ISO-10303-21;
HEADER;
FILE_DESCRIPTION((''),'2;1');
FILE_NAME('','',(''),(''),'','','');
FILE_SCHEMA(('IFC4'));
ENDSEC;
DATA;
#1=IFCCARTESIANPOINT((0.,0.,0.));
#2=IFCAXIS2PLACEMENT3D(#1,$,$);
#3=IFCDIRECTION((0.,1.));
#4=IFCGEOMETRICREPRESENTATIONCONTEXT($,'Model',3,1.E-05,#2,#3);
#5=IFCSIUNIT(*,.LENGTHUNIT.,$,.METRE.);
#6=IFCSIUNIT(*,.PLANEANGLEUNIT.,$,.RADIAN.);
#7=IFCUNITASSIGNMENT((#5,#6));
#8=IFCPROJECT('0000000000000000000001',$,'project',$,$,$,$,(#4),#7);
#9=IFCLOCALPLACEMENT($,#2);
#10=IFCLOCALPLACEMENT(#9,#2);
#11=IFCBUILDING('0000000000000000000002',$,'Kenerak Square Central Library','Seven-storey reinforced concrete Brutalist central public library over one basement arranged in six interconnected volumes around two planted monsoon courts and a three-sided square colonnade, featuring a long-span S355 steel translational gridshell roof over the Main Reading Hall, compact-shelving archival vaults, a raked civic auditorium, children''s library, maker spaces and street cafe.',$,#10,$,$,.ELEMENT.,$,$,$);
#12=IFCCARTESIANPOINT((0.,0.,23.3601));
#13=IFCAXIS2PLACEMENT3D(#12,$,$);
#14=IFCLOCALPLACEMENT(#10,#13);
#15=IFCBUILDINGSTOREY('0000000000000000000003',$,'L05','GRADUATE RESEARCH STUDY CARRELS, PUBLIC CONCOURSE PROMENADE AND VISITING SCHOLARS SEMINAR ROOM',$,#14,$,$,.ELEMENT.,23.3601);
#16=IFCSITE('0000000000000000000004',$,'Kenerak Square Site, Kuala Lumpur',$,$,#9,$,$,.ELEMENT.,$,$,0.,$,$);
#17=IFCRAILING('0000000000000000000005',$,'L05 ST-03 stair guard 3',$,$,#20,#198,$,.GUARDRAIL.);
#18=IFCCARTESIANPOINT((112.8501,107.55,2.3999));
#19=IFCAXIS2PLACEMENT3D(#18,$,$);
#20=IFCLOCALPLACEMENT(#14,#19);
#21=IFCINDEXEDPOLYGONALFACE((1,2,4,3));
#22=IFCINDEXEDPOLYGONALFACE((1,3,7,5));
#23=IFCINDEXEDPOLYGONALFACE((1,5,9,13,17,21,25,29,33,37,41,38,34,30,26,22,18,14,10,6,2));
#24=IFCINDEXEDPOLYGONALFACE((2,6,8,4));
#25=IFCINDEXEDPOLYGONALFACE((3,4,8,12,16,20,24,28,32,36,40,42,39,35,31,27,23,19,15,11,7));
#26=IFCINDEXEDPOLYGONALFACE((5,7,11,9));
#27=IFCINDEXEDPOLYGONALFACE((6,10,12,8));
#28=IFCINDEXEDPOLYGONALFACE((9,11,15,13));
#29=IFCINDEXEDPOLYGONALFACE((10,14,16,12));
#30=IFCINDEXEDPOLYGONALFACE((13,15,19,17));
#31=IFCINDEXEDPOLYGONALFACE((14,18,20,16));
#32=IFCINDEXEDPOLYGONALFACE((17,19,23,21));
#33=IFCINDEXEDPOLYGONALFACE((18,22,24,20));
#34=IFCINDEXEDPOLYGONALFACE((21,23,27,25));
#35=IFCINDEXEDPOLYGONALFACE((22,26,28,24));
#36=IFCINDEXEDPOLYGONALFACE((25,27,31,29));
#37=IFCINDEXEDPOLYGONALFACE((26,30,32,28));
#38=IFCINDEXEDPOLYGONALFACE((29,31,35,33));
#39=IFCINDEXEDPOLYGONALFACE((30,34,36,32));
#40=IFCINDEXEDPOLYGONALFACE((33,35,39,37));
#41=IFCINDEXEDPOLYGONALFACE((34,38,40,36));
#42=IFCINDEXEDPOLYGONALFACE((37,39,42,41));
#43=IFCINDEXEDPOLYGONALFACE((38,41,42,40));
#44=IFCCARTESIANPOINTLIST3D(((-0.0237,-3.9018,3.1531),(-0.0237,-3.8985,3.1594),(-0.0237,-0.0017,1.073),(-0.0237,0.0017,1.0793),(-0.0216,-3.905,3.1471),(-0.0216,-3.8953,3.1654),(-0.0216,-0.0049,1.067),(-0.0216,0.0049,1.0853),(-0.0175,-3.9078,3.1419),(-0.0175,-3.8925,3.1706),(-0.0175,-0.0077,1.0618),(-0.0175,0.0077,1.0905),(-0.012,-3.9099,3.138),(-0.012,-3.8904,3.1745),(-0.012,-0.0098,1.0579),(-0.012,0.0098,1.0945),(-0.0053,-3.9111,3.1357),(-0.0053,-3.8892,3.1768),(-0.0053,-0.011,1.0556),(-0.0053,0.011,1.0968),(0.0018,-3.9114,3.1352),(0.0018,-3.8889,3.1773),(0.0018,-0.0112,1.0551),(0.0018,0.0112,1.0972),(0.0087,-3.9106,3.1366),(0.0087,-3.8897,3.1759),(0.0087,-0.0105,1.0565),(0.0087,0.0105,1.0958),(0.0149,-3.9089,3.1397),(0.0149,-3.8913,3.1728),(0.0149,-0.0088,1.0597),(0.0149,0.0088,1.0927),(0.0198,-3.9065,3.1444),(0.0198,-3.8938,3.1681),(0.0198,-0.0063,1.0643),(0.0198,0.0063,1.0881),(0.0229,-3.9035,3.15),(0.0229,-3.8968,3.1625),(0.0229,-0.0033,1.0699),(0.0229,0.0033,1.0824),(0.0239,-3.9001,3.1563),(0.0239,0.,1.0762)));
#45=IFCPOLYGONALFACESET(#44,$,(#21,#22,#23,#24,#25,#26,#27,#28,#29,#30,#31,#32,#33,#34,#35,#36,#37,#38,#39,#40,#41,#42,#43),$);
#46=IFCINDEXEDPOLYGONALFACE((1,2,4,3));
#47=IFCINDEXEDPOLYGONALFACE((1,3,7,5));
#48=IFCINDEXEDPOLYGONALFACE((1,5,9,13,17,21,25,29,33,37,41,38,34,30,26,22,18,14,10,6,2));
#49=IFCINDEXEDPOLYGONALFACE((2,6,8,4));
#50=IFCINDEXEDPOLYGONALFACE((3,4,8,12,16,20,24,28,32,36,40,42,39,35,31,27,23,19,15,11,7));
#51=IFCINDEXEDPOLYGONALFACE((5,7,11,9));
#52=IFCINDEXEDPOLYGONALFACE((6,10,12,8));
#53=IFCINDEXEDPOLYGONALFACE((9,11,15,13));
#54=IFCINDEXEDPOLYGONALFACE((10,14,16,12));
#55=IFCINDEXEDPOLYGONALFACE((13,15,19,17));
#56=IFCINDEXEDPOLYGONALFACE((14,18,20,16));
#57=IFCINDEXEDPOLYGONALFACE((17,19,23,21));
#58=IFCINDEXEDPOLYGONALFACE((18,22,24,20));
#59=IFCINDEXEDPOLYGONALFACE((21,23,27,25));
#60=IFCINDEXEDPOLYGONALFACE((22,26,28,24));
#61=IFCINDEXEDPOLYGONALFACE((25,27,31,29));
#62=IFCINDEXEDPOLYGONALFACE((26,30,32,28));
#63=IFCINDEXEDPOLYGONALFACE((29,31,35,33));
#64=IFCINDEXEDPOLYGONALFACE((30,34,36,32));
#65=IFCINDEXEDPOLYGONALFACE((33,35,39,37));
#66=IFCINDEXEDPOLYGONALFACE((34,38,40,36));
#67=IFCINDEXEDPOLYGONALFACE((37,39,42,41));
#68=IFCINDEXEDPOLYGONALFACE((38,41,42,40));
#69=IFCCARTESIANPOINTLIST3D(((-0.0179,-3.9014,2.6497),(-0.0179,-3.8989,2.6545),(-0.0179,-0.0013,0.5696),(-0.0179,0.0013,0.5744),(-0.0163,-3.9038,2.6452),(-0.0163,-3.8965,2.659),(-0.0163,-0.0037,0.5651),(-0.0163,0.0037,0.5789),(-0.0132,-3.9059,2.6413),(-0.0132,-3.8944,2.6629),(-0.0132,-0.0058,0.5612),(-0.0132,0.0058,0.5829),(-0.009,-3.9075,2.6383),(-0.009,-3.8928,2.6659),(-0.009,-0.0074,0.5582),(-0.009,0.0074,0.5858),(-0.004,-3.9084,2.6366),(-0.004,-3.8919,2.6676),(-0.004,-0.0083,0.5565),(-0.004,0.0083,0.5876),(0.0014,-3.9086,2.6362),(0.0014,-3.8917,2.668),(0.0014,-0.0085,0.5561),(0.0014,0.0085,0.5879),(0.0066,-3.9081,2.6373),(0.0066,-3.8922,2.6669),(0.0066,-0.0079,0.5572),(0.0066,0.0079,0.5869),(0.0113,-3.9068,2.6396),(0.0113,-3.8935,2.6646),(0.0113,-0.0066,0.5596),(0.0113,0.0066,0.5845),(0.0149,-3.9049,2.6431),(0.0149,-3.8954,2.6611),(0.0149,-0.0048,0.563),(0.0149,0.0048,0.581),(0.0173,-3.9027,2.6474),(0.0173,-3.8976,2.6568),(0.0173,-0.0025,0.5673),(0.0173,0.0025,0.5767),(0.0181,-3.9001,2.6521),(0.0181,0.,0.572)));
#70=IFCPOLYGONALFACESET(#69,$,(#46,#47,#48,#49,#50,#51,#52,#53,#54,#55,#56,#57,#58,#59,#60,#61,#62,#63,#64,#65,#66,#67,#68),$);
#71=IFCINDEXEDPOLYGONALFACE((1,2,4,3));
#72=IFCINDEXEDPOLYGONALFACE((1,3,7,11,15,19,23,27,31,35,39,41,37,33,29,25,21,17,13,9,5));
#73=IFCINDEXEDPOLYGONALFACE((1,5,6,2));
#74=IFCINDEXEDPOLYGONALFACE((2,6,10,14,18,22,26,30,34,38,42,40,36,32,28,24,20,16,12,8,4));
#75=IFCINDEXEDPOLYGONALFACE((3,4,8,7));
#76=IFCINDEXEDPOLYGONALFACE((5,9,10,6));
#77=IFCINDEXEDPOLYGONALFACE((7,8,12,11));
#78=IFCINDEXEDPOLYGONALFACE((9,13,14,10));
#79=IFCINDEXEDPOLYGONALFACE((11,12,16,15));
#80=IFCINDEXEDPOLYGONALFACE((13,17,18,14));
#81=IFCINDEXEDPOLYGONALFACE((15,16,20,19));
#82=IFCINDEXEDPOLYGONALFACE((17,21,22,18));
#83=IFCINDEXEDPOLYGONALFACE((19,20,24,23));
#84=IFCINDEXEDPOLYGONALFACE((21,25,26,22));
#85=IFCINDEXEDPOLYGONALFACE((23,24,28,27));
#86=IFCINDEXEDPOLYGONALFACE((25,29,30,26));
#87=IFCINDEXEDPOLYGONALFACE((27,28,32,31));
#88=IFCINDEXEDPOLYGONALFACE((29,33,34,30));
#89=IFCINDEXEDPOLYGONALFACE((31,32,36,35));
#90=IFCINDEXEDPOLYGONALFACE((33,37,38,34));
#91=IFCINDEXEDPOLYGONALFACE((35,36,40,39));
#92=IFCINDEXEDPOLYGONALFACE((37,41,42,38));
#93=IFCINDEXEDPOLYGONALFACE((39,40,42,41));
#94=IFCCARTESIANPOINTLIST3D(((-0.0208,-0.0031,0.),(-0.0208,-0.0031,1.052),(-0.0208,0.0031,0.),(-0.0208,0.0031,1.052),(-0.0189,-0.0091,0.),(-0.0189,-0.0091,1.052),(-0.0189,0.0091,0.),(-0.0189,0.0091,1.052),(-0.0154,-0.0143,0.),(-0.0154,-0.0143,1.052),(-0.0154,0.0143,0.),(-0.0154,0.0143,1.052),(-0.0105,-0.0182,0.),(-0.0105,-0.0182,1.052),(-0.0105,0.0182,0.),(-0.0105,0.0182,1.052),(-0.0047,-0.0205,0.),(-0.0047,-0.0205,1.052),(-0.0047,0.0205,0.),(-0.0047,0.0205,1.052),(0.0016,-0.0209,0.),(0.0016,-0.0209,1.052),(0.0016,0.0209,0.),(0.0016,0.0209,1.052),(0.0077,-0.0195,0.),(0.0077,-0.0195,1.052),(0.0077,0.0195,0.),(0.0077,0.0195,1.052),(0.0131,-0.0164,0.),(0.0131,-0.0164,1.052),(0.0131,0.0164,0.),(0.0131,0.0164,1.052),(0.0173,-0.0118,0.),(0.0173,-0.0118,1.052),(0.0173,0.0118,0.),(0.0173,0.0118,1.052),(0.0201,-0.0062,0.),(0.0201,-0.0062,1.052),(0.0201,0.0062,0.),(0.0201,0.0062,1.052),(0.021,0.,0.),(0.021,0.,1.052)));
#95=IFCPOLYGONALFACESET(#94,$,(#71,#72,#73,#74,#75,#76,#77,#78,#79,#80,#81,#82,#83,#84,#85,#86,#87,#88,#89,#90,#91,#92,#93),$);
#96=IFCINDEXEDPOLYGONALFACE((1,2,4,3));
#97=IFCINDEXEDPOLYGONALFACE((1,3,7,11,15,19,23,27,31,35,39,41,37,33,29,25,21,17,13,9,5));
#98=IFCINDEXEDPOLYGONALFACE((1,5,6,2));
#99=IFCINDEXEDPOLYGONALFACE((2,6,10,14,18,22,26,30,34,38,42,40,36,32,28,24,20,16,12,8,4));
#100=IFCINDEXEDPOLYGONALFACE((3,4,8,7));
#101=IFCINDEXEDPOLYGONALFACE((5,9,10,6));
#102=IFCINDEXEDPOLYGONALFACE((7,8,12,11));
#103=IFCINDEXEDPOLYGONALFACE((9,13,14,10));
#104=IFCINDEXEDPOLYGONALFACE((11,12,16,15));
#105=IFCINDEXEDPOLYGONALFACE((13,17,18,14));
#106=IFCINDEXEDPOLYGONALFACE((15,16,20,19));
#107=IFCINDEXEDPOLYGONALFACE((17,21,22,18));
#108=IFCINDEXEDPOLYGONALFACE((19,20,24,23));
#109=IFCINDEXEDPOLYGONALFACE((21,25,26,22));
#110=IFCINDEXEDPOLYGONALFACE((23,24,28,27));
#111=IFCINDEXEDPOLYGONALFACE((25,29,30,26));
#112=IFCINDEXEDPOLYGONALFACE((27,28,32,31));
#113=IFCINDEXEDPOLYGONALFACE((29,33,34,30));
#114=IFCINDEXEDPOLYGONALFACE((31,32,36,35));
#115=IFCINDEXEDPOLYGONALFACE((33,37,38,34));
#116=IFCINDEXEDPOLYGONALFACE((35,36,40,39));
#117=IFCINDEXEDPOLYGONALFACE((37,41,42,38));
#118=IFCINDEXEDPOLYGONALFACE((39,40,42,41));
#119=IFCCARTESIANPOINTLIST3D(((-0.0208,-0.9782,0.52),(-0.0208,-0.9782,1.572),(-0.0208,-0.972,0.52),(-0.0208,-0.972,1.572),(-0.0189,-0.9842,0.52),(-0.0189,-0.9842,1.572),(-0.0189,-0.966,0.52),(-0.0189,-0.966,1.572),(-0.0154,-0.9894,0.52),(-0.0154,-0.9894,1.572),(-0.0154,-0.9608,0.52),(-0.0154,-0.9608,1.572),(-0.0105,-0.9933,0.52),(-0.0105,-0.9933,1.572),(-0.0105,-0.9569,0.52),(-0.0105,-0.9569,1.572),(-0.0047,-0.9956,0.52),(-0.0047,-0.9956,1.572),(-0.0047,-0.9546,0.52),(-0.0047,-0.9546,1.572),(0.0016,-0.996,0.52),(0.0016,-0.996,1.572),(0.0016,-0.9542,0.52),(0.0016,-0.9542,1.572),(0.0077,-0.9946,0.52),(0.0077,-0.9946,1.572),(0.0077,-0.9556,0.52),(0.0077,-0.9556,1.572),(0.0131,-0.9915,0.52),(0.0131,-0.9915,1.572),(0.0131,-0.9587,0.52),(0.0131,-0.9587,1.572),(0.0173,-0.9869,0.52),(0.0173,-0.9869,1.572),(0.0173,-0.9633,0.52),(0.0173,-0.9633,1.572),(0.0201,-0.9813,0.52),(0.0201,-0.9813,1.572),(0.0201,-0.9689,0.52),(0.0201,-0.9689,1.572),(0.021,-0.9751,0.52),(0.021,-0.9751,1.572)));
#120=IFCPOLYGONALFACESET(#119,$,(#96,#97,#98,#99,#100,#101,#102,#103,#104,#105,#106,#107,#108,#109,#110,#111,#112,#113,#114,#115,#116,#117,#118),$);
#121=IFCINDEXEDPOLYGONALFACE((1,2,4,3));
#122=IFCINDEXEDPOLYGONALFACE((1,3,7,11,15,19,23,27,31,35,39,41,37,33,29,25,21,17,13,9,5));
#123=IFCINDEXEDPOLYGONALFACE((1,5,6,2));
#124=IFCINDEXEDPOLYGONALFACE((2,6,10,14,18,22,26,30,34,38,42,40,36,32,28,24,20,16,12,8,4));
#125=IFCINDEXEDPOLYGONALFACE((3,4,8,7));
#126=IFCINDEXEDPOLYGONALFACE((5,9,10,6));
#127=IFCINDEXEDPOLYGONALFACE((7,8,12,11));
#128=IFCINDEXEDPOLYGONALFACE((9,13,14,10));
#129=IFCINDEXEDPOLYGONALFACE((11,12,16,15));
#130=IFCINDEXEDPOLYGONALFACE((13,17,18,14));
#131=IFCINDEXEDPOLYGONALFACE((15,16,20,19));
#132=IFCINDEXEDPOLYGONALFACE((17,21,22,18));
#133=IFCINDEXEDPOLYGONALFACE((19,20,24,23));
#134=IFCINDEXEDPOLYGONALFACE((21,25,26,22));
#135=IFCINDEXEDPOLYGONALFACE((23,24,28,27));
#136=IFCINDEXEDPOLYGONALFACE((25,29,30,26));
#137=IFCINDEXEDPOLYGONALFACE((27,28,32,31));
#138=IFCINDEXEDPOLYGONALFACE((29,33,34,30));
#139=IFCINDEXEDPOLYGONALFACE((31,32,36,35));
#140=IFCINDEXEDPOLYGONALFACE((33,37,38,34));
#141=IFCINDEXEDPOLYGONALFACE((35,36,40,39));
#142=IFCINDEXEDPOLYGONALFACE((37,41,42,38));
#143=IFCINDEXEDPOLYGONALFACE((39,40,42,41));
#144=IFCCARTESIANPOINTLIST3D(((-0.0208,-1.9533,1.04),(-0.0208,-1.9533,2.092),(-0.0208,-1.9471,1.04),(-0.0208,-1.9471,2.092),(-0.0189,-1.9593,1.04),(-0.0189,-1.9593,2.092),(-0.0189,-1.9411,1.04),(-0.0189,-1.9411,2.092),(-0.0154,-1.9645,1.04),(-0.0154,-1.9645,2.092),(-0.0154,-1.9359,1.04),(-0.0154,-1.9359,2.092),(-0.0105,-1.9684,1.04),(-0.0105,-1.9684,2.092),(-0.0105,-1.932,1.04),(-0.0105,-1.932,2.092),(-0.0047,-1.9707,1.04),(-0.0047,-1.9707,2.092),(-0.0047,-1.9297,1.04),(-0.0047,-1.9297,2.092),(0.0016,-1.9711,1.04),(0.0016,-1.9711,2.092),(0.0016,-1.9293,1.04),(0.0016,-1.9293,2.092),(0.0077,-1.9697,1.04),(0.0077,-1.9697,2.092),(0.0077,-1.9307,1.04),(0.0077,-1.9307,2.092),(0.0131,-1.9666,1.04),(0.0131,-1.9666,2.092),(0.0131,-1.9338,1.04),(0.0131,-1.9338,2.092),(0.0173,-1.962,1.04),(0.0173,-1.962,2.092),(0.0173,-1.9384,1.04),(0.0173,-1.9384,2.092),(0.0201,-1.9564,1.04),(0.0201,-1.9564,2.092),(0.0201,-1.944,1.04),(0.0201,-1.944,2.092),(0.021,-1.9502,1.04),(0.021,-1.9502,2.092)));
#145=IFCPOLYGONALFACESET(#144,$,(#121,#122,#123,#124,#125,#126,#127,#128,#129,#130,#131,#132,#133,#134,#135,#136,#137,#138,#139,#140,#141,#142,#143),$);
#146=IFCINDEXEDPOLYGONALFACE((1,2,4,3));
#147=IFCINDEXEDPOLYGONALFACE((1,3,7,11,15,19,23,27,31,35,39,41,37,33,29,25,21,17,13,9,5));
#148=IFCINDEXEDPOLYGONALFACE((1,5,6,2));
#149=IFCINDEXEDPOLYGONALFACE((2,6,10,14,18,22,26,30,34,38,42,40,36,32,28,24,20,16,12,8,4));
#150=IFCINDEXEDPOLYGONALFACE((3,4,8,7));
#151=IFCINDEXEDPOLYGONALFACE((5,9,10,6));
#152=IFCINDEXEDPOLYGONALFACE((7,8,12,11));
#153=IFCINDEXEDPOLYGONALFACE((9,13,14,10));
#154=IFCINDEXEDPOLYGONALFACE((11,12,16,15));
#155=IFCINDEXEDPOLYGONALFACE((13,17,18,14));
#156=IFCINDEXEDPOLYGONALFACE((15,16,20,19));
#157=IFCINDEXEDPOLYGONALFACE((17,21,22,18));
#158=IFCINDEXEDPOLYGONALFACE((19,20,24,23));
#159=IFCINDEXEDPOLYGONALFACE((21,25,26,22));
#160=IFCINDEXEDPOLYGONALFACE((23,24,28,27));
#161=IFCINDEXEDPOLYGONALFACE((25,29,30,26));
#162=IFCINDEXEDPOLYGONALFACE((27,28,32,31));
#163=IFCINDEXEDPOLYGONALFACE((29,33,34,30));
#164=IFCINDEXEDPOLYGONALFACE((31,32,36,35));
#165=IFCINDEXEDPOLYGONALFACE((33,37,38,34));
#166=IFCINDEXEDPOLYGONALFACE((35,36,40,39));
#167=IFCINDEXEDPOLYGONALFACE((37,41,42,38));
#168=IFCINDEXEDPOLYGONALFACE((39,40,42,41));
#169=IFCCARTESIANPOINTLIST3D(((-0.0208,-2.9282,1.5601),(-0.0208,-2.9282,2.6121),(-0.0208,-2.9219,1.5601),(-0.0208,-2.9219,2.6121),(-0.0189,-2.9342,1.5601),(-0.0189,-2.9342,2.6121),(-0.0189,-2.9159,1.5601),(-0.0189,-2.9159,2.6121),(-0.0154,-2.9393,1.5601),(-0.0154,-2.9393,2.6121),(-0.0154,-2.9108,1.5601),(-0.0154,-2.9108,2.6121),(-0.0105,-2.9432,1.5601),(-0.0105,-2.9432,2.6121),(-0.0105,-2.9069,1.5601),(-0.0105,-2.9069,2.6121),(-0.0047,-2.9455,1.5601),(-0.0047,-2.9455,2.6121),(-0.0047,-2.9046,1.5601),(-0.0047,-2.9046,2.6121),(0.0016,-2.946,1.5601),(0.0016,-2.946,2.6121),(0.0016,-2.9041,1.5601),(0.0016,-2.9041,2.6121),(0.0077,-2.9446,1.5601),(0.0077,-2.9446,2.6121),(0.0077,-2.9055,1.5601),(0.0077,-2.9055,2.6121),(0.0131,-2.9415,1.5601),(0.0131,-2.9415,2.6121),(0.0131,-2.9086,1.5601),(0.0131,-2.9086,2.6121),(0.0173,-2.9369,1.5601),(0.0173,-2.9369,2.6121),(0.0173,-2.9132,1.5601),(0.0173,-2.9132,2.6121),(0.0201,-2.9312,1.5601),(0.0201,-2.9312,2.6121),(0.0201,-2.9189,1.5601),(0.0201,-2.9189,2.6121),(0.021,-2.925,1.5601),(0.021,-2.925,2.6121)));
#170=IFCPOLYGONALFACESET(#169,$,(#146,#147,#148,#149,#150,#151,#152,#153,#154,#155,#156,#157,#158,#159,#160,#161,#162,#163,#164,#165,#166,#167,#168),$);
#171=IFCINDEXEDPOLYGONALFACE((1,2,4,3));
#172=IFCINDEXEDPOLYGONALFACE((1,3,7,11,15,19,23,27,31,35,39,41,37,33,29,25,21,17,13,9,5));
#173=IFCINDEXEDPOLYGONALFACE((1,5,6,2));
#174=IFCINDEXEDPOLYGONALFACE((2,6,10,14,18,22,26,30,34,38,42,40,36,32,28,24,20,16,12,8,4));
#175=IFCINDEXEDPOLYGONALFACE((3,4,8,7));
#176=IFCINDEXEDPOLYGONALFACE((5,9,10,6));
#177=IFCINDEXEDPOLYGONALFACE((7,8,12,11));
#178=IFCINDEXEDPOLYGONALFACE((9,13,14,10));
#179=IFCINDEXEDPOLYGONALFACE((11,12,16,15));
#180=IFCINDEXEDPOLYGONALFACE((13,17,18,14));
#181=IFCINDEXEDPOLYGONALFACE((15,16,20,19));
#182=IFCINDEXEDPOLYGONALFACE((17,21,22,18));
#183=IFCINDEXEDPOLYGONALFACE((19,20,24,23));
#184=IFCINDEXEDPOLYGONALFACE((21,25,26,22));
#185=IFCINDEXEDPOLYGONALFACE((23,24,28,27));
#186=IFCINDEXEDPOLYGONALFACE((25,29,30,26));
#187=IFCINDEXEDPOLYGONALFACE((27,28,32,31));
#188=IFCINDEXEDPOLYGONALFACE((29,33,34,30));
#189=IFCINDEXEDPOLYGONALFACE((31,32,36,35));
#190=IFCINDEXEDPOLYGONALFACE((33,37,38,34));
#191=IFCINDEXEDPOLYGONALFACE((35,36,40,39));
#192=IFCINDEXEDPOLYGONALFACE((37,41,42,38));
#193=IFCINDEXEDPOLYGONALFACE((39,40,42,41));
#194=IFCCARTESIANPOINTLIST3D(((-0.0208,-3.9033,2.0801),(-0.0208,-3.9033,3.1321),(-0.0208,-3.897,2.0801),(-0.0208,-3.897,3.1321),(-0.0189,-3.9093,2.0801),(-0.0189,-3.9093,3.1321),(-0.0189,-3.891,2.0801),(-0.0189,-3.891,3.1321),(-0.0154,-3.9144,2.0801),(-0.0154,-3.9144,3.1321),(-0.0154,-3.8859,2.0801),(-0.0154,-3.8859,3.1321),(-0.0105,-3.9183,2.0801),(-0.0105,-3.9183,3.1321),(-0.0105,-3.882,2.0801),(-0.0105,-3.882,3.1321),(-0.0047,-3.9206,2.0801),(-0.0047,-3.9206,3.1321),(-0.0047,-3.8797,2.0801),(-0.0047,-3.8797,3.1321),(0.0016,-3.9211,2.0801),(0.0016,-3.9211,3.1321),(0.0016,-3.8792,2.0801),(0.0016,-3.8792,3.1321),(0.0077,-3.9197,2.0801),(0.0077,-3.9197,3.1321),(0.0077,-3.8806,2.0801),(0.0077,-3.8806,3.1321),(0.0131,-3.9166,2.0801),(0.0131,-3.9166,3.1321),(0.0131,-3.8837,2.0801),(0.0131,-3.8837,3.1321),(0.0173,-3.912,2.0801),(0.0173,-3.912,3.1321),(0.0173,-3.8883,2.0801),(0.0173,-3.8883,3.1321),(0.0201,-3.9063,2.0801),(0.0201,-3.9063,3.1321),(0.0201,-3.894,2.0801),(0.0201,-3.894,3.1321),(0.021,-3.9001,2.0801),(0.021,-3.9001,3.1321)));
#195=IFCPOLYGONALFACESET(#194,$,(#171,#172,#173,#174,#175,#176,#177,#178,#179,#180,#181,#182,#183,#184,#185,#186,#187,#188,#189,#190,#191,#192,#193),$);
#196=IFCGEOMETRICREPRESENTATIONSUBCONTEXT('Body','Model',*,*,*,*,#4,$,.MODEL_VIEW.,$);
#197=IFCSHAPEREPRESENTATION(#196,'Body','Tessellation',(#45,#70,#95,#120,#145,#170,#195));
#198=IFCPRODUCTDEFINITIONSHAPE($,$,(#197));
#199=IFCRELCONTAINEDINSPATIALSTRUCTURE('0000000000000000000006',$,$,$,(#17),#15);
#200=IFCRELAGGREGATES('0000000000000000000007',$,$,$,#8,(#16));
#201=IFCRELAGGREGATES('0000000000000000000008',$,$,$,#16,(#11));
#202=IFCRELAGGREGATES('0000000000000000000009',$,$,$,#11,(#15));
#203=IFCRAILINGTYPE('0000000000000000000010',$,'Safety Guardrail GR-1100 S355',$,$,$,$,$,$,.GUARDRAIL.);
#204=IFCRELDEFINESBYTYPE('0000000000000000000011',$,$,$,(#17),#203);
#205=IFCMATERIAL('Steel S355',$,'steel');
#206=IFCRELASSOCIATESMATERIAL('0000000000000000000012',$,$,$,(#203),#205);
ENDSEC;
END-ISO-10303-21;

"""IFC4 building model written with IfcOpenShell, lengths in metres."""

from ifc_helpers import new_model, si_unit, direction, frame, origin, origin_2d, place, context, subcontext, project, spatial, circle, extrude, material, type_object, element, save


model = new_model("IFC4")

# Units and contexts
model_context = context("Model", 3, precision=1e-05, world=origin(), true_north=direction((0.0, 1.0)))
body_context = subcontext(model_context, "Body", "Model", "MODEL_VIEW")
ifc_project = project(units=[si_unit("LENGTHUNIT", "METRE"), si_unit("PLANEANGLEUNIT", "RADIAN")], contexts=[model_context])

# Site, building, storey
site_placement = place(None, origin())
site = spatial("IfcSite", under=ifc_project, at=site_placement, Name="Kenerak Square Site, Kuala Lumpur", CompositionType="ELEMENT", RefElevation=0.0)
building_placement = place(site_placement, origin())
building = spatial("IfcBuilding", under=site, at=building_placement, Name="Kenerak Square Central Library", Description="Seven-storey reinforced concrete Brutalist central public library over one basement arranged in six interconnected volumes around two planted monsoon courts and a three-sided square colonnade, featuring a long-span S355 steel translational gridshell roof over the Main Reading Hall, compact-shelving archival vaults, a raked civic auditorium, children's library, maker spaces and street cafe.", CompositionType="ELEMENT")
storey_placement = place(building_placement, frame((0.0, 0.0, 23.3601)))
storey = spatial("IfcBuildingStorey", under=building, at=storey_placement, Name="L05", Description="GRADUATE RESEARCH STUDY CARRELS, PUBLIC CONCOURSE PROMENADE AND VISITING SCHOLARS SEMINAR ROOM", CompositionType="ELEMENT", Elevation=23.3601)

# Shared definitions
ifc_material_1 = material(Name="Steel S355", Category="steel")

# Railing
railing_type_1 = type_object("IfcRailingType", Name="Safety Guardrail GR-1100 S355", PredefinedType="GUARDRAIL", material=ifc_material_1)
railing_1_placement = place(storey_placement, frame((112.8501, 107.55, 2.3999)))
element("IfcRailing", 1, at=railing_1_placement, inside=storey, type_object=railing_type_1, Name="L05 ST-03 stair guard 3", PredefinedType="GUARDRAIL", context=body_context, shape_type="SweptSolid", body=[
    extrude(circle(Radius=0.0239, at=origin_2d()), frame((0.0, 0.0, 1.0762), z_axis=(0.0, -0.882353, 0.470588), x_axis=(1.0, 0.0, 0.0)), (0.0, 0.0, 1.0), 4.4202),
    extrude(circle(Radius=0.0181, at=origin_2d()), frame((0.0, 0.0, 0.572), z_axis=(0.0, -0.882353, 0.470588), x_axis=(1.0, 0.0, 0.0)), (0.0, 0.0, 1.0), 4.4202),
    extrude(circle(Radius=0.021, at=origin_2d()), origin(), (0.0, 0.0, 1.0), 1.052),
    extrude(circle(Radius=0.021, at=origin_2d()), frame((0.0, -0.9751, 0.52)), (0.0, 0.0, 1.0), 1.052),
    extrude(circle(Radius=0.021, at=origin_2d()), frame((0.0, -1.9502, 1.04)), (0.0, 0.0, 1.0), 1.052),
    extrude(circle(Radius=0.021, at=origin_2d()), frame((0.0, -2.925, 1.5601)), (0.0, 0.0, 1.0), 1.052),
    extrude(circle(Radius=0.021, at=origin_2d()), frame((0.0, -3.9001, 2.0801)), (0.0, 0.0, 1.0), 1.052),
])

save(model, "model.ifc")
